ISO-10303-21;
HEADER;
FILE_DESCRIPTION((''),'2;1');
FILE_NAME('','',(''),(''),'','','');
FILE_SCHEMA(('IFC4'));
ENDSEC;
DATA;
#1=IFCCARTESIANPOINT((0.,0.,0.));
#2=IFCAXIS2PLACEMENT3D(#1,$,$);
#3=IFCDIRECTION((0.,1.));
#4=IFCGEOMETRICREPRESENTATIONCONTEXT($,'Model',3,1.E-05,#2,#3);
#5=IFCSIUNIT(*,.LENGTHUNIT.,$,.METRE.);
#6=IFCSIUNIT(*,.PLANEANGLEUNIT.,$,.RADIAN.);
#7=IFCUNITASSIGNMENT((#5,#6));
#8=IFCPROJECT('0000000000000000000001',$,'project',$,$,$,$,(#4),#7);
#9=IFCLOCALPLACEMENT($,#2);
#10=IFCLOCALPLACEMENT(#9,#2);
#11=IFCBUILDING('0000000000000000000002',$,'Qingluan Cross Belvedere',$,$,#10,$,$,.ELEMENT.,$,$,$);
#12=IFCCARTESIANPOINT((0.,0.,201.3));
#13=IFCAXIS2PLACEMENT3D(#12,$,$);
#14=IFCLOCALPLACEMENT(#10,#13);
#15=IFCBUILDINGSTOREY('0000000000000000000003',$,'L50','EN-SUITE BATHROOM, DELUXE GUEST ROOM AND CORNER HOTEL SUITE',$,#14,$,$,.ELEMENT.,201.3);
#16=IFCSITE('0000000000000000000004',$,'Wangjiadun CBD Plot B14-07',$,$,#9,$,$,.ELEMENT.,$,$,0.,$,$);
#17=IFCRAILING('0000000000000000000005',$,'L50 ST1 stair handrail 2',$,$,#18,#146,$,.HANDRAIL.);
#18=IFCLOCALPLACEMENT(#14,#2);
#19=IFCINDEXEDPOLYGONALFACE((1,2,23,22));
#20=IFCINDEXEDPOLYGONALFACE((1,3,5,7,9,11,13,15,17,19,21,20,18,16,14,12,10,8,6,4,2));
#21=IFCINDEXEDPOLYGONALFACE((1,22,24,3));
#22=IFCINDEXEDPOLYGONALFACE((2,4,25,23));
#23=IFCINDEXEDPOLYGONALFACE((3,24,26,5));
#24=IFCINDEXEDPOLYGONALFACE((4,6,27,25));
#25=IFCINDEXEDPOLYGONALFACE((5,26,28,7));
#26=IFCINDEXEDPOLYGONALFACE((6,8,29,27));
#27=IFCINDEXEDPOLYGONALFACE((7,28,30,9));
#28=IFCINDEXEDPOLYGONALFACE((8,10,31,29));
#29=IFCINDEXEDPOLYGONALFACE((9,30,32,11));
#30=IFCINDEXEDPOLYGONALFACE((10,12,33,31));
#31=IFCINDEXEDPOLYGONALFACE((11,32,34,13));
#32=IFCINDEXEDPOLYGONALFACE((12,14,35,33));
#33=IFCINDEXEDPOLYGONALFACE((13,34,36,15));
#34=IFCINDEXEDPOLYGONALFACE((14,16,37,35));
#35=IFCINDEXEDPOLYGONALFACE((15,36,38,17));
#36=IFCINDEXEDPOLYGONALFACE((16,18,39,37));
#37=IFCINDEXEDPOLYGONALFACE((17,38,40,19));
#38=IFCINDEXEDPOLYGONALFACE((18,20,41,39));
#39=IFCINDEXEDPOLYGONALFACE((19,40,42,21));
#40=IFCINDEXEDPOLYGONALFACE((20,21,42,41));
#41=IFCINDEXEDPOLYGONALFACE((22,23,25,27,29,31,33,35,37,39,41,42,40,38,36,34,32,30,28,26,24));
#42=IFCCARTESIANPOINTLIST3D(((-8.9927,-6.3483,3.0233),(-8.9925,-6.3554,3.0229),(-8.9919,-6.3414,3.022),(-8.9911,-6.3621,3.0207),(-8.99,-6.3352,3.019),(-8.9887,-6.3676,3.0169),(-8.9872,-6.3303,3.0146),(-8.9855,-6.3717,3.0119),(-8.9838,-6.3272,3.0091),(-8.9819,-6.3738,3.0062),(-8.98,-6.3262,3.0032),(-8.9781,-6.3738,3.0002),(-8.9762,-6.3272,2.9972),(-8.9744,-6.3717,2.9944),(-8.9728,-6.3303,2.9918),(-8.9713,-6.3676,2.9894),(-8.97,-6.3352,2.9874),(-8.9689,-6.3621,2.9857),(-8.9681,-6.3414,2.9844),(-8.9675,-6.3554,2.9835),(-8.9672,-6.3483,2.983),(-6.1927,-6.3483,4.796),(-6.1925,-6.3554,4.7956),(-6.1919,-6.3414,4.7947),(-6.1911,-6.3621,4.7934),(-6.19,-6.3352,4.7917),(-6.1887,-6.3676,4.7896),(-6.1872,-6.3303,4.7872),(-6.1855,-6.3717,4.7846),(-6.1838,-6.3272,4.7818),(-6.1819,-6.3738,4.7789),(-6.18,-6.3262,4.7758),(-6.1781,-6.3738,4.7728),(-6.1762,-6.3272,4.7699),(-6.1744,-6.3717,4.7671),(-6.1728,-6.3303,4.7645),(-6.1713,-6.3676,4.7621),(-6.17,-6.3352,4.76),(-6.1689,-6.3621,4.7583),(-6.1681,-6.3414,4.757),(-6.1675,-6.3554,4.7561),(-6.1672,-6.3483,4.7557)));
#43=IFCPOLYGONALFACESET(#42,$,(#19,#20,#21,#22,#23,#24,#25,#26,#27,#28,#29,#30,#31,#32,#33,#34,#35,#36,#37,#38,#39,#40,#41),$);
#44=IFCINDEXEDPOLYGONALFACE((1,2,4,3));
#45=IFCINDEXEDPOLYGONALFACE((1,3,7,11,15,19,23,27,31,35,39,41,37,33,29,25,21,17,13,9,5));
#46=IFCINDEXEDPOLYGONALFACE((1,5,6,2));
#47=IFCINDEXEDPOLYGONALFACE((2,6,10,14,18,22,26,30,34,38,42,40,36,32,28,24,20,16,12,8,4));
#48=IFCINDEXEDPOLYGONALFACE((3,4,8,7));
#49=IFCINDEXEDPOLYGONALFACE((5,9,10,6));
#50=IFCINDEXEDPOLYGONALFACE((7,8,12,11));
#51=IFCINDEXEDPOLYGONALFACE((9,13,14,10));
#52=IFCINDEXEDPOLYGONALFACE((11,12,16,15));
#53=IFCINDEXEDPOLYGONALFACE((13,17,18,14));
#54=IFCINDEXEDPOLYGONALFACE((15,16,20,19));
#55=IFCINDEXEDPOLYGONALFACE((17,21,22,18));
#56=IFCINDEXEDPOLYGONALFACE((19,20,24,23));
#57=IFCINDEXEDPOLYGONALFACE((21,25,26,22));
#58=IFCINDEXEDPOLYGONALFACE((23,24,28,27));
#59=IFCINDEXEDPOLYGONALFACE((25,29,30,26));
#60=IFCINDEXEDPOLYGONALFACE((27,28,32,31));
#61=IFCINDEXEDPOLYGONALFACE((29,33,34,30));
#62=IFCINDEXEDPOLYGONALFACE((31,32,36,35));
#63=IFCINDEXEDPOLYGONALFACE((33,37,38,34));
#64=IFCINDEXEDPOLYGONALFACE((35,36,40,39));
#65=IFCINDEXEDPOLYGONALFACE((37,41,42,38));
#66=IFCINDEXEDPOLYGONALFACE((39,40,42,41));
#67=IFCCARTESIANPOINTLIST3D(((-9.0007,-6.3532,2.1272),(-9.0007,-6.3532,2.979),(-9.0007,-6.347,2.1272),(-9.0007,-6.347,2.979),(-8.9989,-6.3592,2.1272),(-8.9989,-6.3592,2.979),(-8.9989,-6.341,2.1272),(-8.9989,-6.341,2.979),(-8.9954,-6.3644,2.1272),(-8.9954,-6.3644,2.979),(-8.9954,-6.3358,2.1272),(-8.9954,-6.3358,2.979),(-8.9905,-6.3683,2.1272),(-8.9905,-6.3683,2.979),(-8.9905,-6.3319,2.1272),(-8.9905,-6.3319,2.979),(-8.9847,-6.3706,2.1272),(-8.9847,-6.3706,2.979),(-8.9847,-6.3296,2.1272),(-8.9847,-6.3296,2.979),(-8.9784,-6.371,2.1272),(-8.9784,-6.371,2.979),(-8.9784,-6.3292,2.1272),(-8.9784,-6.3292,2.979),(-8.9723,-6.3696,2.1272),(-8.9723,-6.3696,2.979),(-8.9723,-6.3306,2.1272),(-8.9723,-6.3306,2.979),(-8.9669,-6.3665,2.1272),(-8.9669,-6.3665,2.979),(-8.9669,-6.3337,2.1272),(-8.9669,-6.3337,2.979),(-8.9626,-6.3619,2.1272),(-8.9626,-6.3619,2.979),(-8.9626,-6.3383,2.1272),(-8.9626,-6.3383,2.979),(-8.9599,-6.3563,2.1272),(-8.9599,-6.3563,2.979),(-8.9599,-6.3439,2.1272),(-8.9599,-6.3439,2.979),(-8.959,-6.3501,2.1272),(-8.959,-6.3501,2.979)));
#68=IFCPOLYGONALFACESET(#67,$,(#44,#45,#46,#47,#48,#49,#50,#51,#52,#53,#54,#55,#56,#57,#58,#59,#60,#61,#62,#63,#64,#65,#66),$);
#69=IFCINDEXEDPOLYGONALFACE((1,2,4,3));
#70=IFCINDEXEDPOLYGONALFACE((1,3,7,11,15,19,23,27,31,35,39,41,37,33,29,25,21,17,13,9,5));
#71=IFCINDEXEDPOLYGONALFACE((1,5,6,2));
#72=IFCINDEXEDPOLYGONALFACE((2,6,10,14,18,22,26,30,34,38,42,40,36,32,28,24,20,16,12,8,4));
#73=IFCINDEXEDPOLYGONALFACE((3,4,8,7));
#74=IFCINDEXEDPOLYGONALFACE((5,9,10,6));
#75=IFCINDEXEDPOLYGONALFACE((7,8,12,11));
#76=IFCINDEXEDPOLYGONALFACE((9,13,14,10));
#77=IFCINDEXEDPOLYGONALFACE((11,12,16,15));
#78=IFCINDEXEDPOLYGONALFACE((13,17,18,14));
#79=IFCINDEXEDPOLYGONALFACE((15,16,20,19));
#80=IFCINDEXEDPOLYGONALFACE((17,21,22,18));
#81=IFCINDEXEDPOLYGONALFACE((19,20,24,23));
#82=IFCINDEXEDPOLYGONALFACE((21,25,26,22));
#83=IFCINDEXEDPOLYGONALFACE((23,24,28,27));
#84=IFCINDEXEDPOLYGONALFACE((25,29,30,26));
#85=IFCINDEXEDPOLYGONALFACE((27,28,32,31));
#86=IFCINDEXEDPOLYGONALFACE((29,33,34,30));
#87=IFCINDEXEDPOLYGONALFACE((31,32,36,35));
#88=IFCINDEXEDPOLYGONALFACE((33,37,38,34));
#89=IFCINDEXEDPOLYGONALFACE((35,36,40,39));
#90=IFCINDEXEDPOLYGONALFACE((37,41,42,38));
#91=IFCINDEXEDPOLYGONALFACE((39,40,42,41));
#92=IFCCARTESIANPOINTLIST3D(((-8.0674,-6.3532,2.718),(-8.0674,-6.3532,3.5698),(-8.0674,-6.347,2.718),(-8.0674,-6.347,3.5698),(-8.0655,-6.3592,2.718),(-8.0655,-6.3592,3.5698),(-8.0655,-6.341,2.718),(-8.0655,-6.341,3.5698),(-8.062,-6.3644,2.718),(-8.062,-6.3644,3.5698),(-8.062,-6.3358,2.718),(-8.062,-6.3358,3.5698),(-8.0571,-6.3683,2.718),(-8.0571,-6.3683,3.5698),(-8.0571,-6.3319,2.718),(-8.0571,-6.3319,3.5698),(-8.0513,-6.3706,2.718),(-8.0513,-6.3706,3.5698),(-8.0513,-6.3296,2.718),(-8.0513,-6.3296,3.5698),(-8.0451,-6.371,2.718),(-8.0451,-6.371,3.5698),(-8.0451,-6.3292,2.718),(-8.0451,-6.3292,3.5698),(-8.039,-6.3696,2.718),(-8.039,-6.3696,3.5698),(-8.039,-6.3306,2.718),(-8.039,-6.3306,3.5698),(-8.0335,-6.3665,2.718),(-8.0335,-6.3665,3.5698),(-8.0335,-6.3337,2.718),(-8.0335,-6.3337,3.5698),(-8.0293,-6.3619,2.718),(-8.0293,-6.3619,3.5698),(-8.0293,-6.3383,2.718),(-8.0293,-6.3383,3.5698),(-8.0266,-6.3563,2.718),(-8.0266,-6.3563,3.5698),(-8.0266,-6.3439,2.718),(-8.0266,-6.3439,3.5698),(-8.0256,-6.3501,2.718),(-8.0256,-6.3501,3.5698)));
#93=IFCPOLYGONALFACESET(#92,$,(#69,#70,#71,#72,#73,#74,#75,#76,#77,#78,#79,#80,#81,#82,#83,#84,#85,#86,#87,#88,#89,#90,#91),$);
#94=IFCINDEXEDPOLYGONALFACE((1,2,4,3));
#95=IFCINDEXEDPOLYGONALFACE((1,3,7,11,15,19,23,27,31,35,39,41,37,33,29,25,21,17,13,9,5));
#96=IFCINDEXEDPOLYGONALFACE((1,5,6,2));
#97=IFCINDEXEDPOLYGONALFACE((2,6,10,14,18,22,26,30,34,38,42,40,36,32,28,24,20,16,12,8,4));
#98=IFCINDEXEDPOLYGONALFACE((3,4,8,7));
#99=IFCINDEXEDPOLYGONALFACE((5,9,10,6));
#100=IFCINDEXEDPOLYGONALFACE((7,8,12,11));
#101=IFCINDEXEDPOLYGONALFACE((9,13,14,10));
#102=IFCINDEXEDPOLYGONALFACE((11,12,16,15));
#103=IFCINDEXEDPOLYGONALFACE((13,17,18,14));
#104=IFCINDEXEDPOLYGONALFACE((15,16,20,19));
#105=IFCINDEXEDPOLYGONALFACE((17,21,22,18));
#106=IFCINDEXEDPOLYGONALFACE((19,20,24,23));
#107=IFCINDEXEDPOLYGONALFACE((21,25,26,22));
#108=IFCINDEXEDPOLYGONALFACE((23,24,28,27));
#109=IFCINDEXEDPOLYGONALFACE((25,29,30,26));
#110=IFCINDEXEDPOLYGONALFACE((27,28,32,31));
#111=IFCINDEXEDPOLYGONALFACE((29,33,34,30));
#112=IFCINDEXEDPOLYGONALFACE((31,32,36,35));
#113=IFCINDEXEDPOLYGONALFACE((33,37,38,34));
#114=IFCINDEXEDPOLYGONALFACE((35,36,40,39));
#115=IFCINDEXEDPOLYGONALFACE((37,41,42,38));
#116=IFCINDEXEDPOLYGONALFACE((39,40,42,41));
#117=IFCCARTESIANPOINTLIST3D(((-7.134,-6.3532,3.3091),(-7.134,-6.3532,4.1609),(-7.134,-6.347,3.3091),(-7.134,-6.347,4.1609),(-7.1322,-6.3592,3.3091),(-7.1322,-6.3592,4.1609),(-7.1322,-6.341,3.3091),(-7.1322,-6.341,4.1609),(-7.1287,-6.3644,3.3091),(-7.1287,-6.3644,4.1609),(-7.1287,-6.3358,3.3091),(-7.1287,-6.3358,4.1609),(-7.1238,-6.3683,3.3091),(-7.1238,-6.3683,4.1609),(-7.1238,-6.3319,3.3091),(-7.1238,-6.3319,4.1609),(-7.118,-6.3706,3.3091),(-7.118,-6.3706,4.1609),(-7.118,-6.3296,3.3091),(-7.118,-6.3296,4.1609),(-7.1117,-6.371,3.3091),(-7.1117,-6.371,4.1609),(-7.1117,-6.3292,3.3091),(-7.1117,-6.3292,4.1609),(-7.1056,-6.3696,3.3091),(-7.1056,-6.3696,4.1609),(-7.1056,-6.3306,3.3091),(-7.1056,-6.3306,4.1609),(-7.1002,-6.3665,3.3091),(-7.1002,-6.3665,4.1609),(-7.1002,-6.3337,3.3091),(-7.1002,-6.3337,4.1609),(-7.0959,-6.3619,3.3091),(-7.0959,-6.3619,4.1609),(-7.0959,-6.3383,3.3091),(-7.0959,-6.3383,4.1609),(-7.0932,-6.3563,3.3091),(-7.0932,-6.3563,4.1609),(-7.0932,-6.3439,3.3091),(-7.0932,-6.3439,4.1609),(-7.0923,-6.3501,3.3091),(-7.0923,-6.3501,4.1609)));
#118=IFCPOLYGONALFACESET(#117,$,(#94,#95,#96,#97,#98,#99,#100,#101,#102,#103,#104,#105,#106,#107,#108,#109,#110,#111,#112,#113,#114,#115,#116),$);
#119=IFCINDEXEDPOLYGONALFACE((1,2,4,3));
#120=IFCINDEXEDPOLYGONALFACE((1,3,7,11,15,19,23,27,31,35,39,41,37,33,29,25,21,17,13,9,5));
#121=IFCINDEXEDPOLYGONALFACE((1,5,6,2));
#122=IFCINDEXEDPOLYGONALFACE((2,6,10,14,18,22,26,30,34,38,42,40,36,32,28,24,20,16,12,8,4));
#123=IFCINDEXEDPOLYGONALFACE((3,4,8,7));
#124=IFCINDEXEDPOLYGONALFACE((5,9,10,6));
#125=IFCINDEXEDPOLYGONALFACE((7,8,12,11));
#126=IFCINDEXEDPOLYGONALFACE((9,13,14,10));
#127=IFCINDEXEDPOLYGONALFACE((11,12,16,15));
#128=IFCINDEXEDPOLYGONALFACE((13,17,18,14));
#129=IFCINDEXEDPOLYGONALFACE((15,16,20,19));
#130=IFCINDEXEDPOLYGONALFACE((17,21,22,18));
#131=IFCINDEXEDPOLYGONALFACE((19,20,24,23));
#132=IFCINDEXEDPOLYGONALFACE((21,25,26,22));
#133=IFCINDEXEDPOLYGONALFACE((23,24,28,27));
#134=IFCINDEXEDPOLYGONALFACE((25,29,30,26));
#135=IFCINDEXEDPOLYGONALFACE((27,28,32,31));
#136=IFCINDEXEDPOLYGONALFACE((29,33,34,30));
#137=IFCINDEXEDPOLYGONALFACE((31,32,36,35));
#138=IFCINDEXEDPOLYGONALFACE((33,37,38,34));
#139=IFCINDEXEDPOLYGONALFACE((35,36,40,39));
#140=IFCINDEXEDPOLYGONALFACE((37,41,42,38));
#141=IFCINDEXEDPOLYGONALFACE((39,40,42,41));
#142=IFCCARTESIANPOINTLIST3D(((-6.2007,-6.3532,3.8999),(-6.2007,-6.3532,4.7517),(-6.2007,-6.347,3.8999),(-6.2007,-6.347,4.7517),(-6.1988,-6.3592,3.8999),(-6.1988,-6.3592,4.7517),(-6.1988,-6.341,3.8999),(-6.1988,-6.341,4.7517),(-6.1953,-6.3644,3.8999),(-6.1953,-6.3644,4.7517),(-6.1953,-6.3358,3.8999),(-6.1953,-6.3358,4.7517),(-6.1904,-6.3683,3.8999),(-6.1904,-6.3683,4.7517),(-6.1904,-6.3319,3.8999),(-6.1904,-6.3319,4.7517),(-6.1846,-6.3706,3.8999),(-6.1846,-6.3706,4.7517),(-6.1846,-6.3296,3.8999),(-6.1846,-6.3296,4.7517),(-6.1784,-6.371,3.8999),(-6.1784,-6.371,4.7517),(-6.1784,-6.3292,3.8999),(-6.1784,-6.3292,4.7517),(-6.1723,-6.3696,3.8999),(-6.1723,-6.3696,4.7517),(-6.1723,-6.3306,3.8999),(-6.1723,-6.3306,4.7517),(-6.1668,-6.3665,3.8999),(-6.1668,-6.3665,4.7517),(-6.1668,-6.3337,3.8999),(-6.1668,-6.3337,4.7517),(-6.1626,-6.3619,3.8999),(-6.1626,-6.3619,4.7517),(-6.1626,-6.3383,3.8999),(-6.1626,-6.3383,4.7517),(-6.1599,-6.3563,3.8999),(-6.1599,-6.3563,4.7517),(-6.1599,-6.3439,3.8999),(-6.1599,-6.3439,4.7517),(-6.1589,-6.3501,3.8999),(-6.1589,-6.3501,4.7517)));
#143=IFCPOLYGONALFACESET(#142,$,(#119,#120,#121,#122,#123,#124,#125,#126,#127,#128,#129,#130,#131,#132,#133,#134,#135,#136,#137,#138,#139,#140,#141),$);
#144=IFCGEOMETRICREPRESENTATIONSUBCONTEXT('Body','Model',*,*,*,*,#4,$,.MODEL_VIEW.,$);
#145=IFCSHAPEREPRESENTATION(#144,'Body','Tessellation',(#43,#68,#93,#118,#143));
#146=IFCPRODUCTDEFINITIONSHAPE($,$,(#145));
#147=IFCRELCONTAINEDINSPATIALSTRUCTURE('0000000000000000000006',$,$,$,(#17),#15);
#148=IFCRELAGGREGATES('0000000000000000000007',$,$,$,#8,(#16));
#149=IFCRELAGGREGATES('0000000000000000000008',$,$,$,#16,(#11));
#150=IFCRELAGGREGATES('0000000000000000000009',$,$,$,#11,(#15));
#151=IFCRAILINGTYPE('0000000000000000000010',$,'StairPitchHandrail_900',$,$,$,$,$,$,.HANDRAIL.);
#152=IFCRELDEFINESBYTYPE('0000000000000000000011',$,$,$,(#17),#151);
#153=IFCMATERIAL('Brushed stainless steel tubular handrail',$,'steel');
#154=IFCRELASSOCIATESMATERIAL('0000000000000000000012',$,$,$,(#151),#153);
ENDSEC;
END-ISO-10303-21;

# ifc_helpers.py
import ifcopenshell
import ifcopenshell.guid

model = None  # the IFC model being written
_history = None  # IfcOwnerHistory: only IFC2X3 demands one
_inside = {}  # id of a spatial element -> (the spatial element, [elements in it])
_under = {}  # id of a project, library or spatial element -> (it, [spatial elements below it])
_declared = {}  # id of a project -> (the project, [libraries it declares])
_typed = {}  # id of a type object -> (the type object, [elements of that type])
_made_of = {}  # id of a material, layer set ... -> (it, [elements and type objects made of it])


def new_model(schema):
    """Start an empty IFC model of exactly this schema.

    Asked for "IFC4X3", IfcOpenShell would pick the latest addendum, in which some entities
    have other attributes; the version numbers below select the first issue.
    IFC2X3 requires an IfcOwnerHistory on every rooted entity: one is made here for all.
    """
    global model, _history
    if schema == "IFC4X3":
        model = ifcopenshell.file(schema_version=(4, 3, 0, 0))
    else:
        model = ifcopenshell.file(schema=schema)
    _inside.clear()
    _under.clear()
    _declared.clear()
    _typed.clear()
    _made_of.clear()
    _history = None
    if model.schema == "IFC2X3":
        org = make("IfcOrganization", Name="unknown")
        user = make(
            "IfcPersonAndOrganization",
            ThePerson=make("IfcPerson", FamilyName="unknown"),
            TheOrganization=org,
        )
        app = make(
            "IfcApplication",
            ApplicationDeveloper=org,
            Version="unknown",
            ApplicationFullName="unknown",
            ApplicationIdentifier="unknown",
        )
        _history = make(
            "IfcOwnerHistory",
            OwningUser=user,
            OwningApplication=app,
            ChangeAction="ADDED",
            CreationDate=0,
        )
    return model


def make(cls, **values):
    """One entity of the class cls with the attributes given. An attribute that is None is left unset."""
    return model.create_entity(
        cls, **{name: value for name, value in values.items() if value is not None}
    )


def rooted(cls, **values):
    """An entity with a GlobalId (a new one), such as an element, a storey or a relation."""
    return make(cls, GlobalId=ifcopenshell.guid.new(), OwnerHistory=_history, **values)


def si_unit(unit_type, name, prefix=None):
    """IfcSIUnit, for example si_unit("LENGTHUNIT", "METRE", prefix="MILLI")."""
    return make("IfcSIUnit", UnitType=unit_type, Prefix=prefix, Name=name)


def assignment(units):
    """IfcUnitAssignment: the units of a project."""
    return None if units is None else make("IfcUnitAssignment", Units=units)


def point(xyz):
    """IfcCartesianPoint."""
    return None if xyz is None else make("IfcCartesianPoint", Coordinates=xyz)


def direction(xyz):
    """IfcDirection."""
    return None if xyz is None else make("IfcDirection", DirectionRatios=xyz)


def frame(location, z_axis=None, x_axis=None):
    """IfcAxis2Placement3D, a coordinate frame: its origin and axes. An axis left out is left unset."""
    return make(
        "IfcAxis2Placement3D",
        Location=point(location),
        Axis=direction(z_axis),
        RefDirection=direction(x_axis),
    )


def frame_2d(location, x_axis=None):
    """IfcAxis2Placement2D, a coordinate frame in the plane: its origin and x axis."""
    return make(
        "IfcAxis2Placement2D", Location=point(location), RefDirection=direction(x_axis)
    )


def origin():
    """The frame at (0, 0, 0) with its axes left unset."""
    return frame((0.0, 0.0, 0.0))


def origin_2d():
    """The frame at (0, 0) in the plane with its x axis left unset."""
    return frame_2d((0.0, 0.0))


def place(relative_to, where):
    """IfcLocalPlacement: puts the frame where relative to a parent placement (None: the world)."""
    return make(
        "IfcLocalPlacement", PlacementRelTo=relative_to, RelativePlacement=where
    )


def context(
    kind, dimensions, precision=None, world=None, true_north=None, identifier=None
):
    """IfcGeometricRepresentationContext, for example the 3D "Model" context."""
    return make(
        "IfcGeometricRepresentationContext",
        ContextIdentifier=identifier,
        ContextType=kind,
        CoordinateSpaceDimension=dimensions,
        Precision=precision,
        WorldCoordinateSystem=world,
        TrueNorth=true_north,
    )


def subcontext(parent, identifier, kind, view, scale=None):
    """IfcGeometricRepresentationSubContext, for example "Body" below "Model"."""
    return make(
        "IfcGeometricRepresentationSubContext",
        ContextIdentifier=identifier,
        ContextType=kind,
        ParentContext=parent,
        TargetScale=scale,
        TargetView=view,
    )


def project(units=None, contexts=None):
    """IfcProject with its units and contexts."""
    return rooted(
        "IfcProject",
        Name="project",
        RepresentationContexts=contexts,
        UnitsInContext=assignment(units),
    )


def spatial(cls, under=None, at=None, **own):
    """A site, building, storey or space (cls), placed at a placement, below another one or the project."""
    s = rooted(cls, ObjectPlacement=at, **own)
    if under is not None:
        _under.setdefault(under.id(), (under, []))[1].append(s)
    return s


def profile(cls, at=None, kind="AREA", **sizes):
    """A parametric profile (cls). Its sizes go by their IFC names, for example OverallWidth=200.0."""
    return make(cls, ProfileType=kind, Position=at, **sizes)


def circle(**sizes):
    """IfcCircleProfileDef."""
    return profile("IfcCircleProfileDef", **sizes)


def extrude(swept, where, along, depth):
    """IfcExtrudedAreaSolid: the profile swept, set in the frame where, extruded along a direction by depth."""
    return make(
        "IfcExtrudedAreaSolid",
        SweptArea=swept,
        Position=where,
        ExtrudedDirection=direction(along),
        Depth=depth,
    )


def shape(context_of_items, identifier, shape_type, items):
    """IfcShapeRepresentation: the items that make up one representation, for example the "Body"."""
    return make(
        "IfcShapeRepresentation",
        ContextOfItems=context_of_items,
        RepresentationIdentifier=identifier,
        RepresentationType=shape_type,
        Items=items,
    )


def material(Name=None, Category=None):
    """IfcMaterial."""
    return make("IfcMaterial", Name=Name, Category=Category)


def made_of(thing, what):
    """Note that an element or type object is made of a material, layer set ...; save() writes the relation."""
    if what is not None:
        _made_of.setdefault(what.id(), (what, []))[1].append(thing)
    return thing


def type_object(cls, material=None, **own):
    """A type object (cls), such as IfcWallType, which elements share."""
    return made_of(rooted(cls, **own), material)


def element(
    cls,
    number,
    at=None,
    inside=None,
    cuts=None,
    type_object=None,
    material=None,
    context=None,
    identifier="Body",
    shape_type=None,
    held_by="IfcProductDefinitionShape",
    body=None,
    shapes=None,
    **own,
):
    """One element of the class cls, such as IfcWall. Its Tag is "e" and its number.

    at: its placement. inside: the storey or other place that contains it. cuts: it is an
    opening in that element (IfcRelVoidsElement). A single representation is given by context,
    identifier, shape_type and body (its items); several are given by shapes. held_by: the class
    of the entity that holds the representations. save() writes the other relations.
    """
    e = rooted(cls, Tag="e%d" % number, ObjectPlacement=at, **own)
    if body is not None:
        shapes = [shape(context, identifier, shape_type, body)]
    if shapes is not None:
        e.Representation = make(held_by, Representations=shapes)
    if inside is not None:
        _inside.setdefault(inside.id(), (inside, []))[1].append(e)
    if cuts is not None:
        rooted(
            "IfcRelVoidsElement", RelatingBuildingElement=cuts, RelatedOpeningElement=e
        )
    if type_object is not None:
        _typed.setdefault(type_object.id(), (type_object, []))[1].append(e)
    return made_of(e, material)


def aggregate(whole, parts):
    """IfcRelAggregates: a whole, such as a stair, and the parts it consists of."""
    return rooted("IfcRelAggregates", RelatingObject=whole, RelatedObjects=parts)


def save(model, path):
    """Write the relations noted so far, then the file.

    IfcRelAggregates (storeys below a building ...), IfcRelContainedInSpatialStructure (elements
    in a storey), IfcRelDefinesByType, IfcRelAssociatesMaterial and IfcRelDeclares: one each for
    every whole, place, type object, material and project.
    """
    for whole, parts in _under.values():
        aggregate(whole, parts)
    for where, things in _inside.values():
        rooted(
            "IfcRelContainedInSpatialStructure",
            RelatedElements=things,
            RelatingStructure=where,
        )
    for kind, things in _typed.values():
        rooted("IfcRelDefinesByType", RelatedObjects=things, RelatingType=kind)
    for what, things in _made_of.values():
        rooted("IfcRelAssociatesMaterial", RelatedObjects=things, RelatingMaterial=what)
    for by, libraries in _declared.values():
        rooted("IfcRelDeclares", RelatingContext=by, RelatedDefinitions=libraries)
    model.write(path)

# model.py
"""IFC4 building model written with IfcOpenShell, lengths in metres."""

from ifc_helpers import new_model, si_unit, direction, frame, origin, origin_2d, place, context, subcontext, project, spatial, circle, extrude, material, type_object, element, save


model = new_model("IFC4")

# Units and contexts
model_context = context("Model", 3, precision=1e-05, world=origin(), true_north=direction((0.0, 1.0)))
body_context = subcontext(model_context, "Body", "Model", "MODEL_VIEW")
ifc_project = project(units=[si_unit("LENGTHUNIT", "METRE"), si_unit("PLANEANGLEUNIT", "RADIAN")], contexts=[model_context])

# Site, building, storey
site_placement = place(None, origin())
site = spatial("IfcSite", under=ifc_project, at=site_placement, Name="Wangjiadun CBD Plot B14-07", CompositionType="ELEMENT", RefElevation=0.0)
building_placement = place(site_placement, origin())
building = spatial("IfcBuilding", under=site, at=building_placement, Name="Qingluan Cross Belvedere", CompositionType="ELEMENT")
storey_placement = place(building_placement, frame((0.0, 0.0, 201.3)))
storey = spatial("IfcBuildingStorey", under=building, at=storey_placement, Name="L50", Description="EN-SUITE BATHROOM, DELUXE GUEST ROOM AND CORNER HOTEL SUITE", CompositionType="ELEMENT", Elevation=201.3)

# Railing
ifc_material_1 = material(Name="Brushed stainless steel tubular handrail", Category="steel")
railing_type_1 = type_object("IfcRailingType", Name="StairPitchHandrail_900", PredefinedType="HANDRAIL", material=ifc_material_1)
railing_1_placement = place(storey_placement, frame((-8.98, -6.3501, 2.1272)))
element("IfcRailing", 1, at=railing_1_placement, inside=storey, type_object=railing_type_1, Name="L50 ST1 stair handrail 2", PredefinedType="HANDRAIL", context=body_context, shape_type="SweptSolid", body=[
    extrude(circle(Radius=0.0239, at=origin_2d()), frame((0.0, 0.0, 0.876), z_axis=(0.844909, 0.0, 0.53491), x_axis=(0.0, 1.0, 0.0)), (0.0, 0.0, 1.0), 3.314),
    extrude(circle(Radius=0.021, at=origin_2d()), origin(), (0.0, 0.0, 1.0), 0.8518),
    extrude(circle(Radius=0.021, at=origin_2d()), frame((0.9333, 0.0, 0.5908)), (0.0, 0.0, 1.0), 0.8518),
    extrude(circle(Radius=0.021, at=origin_2d()), frame((1.8667, 0.0, 1.1819)), (0.0, 0.0, 1.0), 0.8518),
    extrude(circle(Radius=0.021, at=origin_2d()), frame((2.8, 0.0, 1.7727)), (0.0, 0.0, 1.0), 0.8518),
])

save(model, "model.ifc")
